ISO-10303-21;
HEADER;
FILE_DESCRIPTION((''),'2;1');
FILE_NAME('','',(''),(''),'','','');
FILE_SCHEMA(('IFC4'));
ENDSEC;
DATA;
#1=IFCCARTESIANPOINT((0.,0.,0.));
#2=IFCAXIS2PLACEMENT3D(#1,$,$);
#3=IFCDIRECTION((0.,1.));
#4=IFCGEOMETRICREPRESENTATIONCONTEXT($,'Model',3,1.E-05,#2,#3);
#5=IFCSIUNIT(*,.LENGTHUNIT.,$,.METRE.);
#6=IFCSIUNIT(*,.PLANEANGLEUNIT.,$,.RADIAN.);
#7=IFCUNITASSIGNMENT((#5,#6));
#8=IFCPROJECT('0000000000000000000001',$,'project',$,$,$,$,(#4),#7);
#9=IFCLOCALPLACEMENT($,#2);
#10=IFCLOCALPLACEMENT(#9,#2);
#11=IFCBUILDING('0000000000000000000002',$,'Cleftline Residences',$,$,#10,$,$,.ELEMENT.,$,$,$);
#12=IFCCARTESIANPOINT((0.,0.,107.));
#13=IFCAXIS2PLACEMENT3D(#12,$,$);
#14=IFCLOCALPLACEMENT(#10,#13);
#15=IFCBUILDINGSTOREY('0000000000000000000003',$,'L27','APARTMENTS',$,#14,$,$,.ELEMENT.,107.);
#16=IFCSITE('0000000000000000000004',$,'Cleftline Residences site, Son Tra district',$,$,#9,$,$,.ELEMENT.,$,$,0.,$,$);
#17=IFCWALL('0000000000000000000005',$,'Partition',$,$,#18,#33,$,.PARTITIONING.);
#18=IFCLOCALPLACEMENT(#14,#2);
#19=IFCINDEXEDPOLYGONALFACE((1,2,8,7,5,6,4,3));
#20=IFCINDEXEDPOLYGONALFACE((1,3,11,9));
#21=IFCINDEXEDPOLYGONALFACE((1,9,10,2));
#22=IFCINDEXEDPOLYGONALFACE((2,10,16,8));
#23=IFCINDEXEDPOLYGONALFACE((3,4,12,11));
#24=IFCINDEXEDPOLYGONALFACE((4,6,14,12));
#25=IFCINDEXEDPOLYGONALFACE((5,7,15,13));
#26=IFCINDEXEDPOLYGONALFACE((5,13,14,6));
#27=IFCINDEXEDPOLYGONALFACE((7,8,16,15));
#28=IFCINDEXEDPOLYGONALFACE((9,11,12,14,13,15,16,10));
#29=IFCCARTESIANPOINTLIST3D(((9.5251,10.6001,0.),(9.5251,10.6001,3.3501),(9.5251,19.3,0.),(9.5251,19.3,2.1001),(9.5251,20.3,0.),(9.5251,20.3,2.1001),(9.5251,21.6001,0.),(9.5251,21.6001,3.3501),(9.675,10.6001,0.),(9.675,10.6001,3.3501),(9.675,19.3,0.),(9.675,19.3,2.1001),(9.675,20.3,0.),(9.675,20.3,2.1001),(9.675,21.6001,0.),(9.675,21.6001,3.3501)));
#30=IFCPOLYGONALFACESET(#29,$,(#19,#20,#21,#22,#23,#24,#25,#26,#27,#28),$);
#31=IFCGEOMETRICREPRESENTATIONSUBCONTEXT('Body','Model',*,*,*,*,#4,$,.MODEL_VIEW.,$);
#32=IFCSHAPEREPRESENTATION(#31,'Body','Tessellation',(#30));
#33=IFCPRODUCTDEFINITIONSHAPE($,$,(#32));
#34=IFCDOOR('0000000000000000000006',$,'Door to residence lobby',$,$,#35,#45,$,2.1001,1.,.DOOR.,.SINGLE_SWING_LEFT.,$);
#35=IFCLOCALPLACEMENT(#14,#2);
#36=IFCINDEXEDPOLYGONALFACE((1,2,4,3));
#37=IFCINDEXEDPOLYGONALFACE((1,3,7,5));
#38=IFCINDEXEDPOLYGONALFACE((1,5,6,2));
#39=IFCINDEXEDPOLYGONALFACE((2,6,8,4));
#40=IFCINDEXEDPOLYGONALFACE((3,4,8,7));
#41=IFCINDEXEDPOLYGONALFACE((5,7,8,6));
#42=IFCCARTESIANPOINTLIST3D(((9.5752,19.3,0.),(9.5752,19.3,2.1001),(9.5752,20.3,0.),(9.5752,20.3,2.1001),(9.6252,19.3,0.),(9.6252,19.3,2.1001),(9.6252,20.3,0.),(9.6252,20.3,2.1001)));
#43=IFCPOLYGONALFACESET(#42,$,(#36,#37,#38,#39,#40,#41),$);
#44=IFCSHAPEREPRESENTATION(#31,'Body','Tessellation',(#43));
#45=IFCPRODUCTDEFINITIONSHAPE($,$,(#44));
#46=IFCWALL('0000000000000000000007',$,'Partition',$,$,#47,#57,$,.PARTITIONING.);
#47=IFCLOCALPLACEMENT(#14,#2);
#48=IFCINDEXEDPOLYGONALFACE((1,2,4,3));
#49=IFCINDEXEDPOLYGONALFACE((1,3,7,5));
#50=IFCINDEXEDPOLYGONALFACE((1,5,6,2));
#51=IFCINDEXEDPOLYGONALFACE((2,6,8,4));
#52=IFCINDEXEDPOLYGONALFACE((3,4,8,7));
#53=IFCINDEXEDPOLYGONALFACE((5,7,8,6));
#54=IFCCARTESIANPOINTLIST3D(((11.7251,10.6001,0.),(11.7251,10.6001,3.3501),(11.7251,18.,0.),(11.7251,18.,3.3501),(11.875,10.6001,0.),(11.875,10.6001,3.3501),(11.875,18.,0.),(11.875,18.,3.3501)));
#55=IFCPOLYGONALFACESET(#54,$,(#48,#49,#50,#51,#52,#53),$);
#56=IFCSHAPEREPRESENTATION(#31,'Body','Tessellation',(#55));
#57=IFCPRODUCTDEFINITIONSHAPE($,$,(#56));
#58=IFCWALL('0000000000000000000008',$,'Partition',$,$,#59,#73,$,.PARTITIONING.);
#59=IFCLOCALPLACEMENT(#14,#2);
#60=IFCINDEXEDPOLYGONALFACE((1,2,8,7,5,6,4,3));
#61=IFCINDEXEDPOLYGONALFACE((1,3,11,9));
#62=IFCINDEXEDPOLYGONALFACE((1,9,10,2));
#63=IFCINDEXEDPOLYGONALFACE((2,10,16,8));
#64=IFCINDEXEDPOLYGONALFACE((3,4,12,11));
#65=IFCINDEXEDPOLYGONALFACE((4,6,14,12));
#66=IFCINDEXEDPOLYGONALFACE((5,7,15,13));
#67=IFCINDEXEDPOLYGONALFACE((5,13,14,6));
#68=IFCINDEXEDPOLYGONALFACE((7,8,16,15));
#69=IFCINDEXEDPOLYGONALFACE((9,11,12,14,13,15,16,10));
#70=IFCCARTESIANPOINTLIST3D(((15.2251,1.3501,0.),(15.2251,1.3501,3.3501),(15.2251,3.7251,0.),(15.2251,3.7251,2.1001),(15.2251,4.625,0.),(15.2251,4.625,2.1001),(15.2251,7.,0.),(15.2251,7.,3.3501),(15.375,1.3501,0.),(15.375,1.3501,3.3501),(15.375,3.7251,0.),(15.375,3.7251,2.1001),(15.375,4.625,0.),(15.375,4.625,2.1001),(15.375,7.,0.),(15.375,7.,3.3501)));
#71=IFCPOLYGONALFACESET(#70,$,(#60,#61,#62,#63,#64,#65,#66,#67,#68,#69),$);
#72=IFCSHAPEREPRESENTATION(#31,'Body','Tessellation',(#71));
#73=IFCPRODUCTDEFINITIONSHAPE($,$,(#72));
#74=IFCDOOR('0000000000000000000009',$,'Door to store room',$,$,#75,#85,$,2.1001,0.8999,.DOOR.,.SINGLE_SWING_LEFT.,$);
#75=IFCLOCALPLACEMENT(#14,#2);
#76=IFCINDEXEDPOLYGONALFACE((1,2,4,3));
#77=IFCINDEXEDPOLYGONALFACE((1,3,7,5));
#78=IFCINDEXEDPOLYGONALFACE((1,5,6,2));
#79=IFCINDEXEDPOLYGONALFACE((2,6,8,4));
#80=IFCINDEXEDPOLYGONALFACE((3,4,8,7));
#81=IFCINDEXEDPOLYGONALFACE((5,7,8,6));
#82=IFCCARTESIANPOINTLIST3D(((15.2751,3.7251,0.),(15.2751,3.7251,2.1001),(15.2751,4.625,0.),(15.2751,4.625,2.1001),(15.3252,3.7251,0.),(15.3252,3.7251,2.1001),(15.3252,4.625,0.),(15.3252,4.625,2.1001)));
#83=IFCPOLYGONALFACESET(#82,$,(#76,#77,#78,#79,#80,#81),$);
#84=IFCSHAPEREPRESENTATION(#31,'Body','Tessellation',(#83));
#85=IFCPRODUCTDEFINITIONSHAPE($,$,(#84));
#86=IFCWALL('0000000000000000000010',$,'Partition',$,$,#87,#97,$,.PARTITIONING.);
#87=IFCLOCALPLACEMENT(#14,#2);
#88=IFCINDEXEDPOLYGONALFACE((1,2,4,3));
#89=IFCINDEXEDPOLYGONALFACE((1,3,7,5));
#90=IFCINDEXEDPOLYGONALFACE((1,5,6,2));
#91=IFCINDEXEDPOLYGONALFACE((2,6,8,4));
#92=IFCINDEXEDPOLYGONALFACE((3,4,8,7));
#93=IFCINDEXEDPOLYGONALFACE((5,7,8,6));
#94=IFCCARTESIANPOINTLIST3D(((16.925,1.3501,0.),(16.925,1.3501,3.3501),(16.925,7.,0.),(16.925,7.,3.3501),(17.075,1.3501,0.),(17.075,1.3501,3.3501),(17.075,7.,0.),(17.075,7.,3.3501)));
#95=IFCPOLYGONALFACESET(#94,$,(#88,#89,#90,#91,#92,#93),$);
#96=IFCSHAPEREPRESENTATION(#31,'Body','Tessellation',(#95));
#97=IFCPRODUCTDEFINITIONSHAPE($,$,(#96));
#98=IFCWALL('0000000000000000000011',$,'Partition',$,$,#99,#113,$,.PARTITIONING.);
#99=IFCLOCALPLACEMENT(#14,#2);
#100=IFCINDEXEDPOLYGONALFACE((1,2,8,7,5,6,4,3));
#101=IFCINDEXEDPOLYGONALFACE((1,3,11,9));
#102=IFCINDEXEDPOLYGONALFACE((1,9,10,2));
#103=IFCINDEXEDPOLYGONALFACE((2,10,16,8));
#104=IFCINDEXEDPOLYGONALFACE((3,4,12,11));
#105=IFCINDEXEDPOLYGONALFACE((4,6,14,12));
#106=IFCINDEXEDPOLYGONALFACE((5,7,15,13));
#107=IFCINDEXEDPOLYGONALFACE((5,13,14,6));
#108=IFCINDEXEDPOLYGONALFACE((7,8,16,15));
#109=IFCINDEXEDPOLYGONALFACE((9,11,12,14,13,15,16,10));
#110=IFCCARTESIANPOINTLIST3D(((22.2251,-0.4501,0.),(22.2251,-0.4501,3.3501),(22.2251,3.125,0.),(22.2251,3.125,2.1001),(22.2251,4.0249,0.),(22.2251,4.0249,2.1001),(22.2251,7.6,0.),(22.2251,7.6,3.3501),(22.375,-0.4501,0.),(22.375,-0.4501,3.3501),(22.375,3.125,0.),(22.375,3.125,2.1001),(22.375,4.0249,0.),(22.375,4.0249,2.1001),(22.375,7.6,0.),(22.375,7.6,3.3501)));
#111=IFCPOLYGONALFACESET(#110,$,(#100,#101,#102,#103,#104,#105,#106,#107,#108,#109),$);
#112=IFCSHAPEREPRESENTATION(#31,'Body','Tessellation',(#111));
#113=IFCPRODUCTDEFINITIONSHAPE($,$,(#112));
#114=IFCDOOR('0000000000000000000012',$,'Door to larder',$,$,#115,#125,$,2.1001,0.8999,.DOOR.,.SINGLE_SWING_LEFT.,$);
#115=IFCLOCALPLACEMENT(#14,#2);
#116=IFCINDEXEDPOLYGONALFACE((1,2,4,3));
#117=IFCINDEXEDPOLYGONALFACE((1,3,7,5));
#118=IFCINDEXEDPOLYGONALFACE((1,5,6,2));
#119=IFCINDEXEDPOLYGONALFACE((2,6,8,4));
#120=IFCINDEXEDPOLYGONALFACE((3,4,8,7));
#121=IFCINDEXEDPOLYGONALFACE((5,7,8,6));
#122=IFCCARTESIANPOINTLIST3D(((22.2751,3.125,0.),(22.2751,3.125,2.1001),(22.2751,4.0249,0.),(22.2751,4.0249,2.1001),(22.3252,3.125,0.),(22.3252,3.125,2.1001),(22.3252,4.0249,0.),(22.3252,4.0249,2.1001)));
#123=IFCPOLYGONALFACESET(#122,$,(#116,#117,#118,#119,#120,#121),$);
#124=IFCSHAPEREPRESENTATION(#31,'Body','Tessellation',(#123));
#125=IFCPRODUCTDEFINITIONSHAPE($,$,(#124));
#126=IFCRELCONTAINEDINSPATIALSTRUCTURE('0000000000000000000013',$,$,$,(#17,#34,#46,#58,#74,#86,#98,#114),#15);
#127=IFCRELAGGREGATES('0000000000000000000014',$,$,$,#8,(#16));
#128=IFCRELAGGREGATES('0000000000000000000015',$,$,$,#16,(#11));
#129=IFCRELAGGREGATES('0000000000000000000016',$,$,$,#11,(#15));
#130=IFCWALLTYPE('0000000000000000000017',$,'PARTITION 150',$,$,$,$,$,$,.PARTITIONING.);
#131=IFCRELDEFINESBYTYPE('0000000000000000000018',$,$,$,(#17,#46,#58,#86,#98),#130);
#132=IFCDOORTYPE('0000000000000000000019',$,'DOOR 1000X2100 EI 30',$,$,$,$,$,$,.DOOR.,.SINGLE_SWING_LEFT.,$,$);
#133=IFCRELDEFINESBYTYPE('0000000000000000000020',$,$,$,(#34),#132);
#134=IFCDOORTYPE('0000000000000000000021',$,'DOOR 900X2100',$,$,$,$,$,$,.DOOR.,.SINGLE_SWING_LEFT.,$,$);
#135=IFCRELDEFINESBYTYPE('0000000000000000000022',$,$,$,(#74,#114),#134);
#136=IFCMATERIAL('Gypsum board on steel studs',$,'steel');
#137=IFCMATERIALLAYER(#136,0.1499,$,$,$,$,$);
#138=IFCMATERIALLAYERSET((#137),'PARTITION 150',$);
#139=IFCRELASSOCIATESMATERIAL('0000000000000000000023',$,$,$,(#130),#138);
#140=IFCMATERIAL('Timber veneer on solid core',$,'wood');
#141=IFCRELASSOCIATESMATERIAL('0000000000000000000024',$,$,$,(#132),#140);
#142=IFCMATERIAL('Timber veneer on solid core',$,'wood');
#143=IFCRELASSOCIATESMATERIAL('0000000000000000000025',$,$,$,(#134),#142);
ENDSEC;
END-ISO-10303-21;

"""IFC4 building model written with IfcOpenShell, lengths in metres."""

from ifc_helpers import new_model, si_unit, direction, frame, frame_2d, origin, place, context, subcontext, project, spatial, rectangle, extrude, material, layer, layer_set, type_object, element, fill, save


model = new_model("IFC4")

# Units and contexts
model_context = context("Model", 3, precision=1e-05, world=origin(), true_north=direction((0.0, 1.0)))
body_context = subcontext(model_context, "Body", "Model", "MODEL_VIEW")
ifc_project = project(units=[si_unit("LENGTHUNIT", "METRE"), si_unit("PLANEANGLEUNIT", "RADIAN")], contexts=[model_context])

# Site, building, storey
site_placement = place(None, origin())
site = spatial("IfcSite", under=ifc_project, at=site_placement, Name="Cleftline Residences site, Son Tra district", CompositionType="ELEMENT", RefElevation=0.0)
building_placement = place(site_placement, origin())
building = spatial("IfcBuilding", under=site, at=building_placement, Name="Cleftline Residences", CompositionType="ELEMENT")
storey_placement = place(building_placement, frame((0.0, 0.0, 107.0)))
storey = spatial("IfcBuildingStorey", under=building, at=storey_placement, Name="L27", Description="APARTMENTS", CompositionType="ELEMENT", Elevation=107.0)

# Wall, opening, door
ifc_material_1 = material(Name="Gypsum board on steel studs", Category="steel")
ifc_layer_1 = layer(ifc_material_1, 0.1499)
ifc_layer_set_1 = layer_set([ifc_layer_1], Name="PARTITION 150")
wall_type = type_object("IfcWallType", Name="PARTITION 150", PredefinedType="PARTITIONING", material=ifc_layer_set_1)
wall_1_placement = place(storey_placement, frame((9.6001, 10.6001, 0.0), z_axis=(0.0, 0.0, 1.0), x_axis=(0.0, 1.0, 0.0)))
wall_1 = element("IfcWall", 1, at=wall_1_placement, inside=storey, type_object=wall_type, Name="Partition", PredefinedType="PARTITIONING", context=body_context, shape_type="SweptSolid", body=[
    extrude(rectangle(XDim=11.0, YDim=0.1499, at=frame_2d((5.5, 0.0))), origin(), (0.0, 0.0, 1.0), 3.3501),
])
opening_1_placement = place(wall_1_placement, frame((8.7, 0.0, 0.0)))
opening_1 = element("IfcOpeningElement", 2, at=opening_1_placement, cuts=wall_1, PredefinedType="OPENING", context=body_context, shape_type="SweptSolid", body=[
    extrude(rectangle(XDim=1.0, YDim=2.1001, at=frame_2d((0.5, 1.05))), frame((0.0, 0.085, 0.0), z_axis=(0.0, -1.0, 0.0), x_axis=(1.0, 0.0, 0.0)), (0.0, 0.0, 1.0), 0.1699),
])
ifc_material_2 = material(Name="Timber veneer on solid core", Category="wood")
door_type_1 = type_object("IfcDoorType", Name="DOOR 1000X2100 EI 30", OperationType="SINGLE_SWING_LEFT", PredefinedType="DOOR", material=ifc_material_2)
door_1_placement = place(opening_1_placement, origin())
door_1 = element("IfcDoor", 3, at=door_1_placement, inside=storey, type_object=door_type_1, Name="Door to residence lobby", OperationType="SINGLE_SWING_LEFT", OverallHeight=2.1001, OverallWidth=1.0, PredefinedType="DOOR", context=body_context, shape_type="SweptSolid", body=[
    extrude(rectangle(XDim=1.0, YDim=2.1001, at=frame_2d((0.5, 1.05))), frame((0.0, 0.0249, 0.0), z_axis=(0.0, -1.0, 0.0), x_axis=(1.0, 0.0, 0.0)), (0.0, 0.0, 1.0), 0.05),
])
fill(opening_1, door_1)

# Wall
wall_2_placement = place(storey_placement, frame((11.8, 10.6001, 0.0), z_axis=(0.0, 0.0, 1.0), x_axis=(0.0, 1.0, 0.0)))
element("IfcWall", 4, at=wall_2_placement, inside=storey, type_object=wall_type, Name="Partition", PredefinedType="PARTITIONING", context=body_context, shape_type="SweptSolid", body=[
    extrude(rectangle(XDim=7.3999, YDim=0.1499, at=frame_2d((3.7, 0.0))), origin(), (0.0, 0.0, 1.0), 3.3501),
])

# Wall, opening, door
wall_3_placement = place(storey_placement, frame((15.3, 1.3501, 0.0), z_axis=(0.0, 0.0, 1.0), x_axis=(0.0, 1.0, 0.0)))
wall_3 = element("IfcWall", 5, at=wall_3_placement, inside=storey, type_object=wall_type, Name="Partition", PredefinedType="PARTITIONING", context=body_context, shape_type="SweptSolid", body=[
    extrude(rectangle(XDim=5.6499, YDim=0.1499, at=frame_2d((2.825, 0.0))), origin(), (0.0, 0.0, 1.0), 3.3501),
])
opening_2_placement = place(wall_3_placement, frame((2.375, 0.0, 0.0)))
opening_2 = element("IfcOpeningElement", 6, at=opening_2_placement, cuts=wall_3, PredefinedType="OPENING", context=body_context, shape_type="SweptSolid", body=[
    extrude(rectangle(XDim=0.8999, YDim=2.1001, at=frame_2d((0.45, 1.05))), frame((0.0, 0.085, 0.0), z_axis=(0.0, -1.0, 0.0), x_axis=(1.0, 0.0, 0.0)), (0.0, 0.0, 1.0), 0.1699),
])
ifc_material_3 = material(Name="Timber veneer on solid core", Category="wood")
door_type_2 = type_object("IfcDoorType", Name="DOOR 900X2100", OperationType="SINGLE_SWING_LEFT", PredefinedType="DOOR", material=ifc_material_3)
door_2_placement = place(opening_2_placement, origin())
door_2 = element("IfcDoor", 7, at=door_2_placement, inside=storey, type_object=door_type_2, Name="Door to store room", OperationType="SINGLE_SWING_LEFT", OverallHeight=2.1001, OverallWidth=0.8999, PredefinedType="DOOR", context=body_context, shape_type="SweptSolid", body=[
    extrude(rectangle(XDim=0.8999, YDim=2.1001, at=frame_2d((0.45, 1.05))), frame((0.0, 0.0249, 0.0), z_axis=(0.0, -1.0, 0.0), x_axis=(1.0, 0.0, 0.0)), (0.0, 0.0, 1.0), 0.05),
])
fill(opening_2, door_2)

# Wall
wall_4_placement = place(storey_placement, frame((17.0, 1.3501, 0.0), z_axis=(0.0, 0.0, 1.0), x_axis=(0.0, 1.0, 0.0)))
element("IfcWall", 8, at=wall_4_placement, inside=storey, type_object=wall_type, Name="Partition", PredefinedType="PARTITIONING", context=body_context, shape_type="SweptSolid", body=[
    extrude(rectangle(XDim=5.6499, YDim=0.1499, at=frame_2d((2.825, 0.0))), origin(), (0.0, 0.0, 1.0), 3.3501),
])

# Wall, opening, door
wall_5_placement = place(storey_placement, frame((22.3, -0.45, 0.0), z_axis=(0.0, 0.0, 1.0), x_axis=(0.0, 1.0, 0.0)))
wall_5 = element("IfcWall", 9, at=wall_5_placement, inside=storey, type_object=wall_type, Name="Partition", PredefinedType="PARTITIONING", context=body_context, shape_type="SweptSolid", body=[
    extrude(rectangle(XDim=8.05, YDim=0.1499, at=frame_2d((4.0249, 0.0))), origin(), (0.0, 0.0, 1.0), 3.3501),
])
opening_3_placement = place(wall_5_placement, frame((3.575, 0.0, 0.0)))
opening_3 = element("IfcOpeningElement", 10, at=opening_3_placement, cuts=wall_5, PredefinedType="OPENING", context=body_context, shape_type="SweptSolid", body=[
    extrude(rectangle(XDim=0.8999, YDim=2.1001, at=frame_2d((0.45, 1.05))), frame((0.0, 0.085, 0.0), z_axis=(0.0, -1.0, 0.0), x_axis=(1.0, 0.0, 0.0)), (0.0, 0.0, 1.0), 0.1699),
])
door_3_placement = place(opening_3_placement, origin())
door_3 = element("IfcDoor", 11, at=door_3_placement, inside=storey, type_object=door_type_2, Name="Door to larder", OperationType="SINGLE_SWING_LEFT", OverallHeight=2.1001, OverallWidth=0.8999, PredefinedType="DOOR", context=body_context, shape_type="SweptSolid", body=[
    extrude(rectangle(XDim=0.8999, YDim=2.1001, at=frame_2d((0.45, 1.05))), frame((0.0, 0.0249, 0.0), z_axis=(0.0, -1.0, 0.0), x_axis=(1.0, 0.0, 0.0)), (0.0, 0.0, 1.0), 0.05),
])
fill(opening_3, door_3)

save(model, "model.ifc")
